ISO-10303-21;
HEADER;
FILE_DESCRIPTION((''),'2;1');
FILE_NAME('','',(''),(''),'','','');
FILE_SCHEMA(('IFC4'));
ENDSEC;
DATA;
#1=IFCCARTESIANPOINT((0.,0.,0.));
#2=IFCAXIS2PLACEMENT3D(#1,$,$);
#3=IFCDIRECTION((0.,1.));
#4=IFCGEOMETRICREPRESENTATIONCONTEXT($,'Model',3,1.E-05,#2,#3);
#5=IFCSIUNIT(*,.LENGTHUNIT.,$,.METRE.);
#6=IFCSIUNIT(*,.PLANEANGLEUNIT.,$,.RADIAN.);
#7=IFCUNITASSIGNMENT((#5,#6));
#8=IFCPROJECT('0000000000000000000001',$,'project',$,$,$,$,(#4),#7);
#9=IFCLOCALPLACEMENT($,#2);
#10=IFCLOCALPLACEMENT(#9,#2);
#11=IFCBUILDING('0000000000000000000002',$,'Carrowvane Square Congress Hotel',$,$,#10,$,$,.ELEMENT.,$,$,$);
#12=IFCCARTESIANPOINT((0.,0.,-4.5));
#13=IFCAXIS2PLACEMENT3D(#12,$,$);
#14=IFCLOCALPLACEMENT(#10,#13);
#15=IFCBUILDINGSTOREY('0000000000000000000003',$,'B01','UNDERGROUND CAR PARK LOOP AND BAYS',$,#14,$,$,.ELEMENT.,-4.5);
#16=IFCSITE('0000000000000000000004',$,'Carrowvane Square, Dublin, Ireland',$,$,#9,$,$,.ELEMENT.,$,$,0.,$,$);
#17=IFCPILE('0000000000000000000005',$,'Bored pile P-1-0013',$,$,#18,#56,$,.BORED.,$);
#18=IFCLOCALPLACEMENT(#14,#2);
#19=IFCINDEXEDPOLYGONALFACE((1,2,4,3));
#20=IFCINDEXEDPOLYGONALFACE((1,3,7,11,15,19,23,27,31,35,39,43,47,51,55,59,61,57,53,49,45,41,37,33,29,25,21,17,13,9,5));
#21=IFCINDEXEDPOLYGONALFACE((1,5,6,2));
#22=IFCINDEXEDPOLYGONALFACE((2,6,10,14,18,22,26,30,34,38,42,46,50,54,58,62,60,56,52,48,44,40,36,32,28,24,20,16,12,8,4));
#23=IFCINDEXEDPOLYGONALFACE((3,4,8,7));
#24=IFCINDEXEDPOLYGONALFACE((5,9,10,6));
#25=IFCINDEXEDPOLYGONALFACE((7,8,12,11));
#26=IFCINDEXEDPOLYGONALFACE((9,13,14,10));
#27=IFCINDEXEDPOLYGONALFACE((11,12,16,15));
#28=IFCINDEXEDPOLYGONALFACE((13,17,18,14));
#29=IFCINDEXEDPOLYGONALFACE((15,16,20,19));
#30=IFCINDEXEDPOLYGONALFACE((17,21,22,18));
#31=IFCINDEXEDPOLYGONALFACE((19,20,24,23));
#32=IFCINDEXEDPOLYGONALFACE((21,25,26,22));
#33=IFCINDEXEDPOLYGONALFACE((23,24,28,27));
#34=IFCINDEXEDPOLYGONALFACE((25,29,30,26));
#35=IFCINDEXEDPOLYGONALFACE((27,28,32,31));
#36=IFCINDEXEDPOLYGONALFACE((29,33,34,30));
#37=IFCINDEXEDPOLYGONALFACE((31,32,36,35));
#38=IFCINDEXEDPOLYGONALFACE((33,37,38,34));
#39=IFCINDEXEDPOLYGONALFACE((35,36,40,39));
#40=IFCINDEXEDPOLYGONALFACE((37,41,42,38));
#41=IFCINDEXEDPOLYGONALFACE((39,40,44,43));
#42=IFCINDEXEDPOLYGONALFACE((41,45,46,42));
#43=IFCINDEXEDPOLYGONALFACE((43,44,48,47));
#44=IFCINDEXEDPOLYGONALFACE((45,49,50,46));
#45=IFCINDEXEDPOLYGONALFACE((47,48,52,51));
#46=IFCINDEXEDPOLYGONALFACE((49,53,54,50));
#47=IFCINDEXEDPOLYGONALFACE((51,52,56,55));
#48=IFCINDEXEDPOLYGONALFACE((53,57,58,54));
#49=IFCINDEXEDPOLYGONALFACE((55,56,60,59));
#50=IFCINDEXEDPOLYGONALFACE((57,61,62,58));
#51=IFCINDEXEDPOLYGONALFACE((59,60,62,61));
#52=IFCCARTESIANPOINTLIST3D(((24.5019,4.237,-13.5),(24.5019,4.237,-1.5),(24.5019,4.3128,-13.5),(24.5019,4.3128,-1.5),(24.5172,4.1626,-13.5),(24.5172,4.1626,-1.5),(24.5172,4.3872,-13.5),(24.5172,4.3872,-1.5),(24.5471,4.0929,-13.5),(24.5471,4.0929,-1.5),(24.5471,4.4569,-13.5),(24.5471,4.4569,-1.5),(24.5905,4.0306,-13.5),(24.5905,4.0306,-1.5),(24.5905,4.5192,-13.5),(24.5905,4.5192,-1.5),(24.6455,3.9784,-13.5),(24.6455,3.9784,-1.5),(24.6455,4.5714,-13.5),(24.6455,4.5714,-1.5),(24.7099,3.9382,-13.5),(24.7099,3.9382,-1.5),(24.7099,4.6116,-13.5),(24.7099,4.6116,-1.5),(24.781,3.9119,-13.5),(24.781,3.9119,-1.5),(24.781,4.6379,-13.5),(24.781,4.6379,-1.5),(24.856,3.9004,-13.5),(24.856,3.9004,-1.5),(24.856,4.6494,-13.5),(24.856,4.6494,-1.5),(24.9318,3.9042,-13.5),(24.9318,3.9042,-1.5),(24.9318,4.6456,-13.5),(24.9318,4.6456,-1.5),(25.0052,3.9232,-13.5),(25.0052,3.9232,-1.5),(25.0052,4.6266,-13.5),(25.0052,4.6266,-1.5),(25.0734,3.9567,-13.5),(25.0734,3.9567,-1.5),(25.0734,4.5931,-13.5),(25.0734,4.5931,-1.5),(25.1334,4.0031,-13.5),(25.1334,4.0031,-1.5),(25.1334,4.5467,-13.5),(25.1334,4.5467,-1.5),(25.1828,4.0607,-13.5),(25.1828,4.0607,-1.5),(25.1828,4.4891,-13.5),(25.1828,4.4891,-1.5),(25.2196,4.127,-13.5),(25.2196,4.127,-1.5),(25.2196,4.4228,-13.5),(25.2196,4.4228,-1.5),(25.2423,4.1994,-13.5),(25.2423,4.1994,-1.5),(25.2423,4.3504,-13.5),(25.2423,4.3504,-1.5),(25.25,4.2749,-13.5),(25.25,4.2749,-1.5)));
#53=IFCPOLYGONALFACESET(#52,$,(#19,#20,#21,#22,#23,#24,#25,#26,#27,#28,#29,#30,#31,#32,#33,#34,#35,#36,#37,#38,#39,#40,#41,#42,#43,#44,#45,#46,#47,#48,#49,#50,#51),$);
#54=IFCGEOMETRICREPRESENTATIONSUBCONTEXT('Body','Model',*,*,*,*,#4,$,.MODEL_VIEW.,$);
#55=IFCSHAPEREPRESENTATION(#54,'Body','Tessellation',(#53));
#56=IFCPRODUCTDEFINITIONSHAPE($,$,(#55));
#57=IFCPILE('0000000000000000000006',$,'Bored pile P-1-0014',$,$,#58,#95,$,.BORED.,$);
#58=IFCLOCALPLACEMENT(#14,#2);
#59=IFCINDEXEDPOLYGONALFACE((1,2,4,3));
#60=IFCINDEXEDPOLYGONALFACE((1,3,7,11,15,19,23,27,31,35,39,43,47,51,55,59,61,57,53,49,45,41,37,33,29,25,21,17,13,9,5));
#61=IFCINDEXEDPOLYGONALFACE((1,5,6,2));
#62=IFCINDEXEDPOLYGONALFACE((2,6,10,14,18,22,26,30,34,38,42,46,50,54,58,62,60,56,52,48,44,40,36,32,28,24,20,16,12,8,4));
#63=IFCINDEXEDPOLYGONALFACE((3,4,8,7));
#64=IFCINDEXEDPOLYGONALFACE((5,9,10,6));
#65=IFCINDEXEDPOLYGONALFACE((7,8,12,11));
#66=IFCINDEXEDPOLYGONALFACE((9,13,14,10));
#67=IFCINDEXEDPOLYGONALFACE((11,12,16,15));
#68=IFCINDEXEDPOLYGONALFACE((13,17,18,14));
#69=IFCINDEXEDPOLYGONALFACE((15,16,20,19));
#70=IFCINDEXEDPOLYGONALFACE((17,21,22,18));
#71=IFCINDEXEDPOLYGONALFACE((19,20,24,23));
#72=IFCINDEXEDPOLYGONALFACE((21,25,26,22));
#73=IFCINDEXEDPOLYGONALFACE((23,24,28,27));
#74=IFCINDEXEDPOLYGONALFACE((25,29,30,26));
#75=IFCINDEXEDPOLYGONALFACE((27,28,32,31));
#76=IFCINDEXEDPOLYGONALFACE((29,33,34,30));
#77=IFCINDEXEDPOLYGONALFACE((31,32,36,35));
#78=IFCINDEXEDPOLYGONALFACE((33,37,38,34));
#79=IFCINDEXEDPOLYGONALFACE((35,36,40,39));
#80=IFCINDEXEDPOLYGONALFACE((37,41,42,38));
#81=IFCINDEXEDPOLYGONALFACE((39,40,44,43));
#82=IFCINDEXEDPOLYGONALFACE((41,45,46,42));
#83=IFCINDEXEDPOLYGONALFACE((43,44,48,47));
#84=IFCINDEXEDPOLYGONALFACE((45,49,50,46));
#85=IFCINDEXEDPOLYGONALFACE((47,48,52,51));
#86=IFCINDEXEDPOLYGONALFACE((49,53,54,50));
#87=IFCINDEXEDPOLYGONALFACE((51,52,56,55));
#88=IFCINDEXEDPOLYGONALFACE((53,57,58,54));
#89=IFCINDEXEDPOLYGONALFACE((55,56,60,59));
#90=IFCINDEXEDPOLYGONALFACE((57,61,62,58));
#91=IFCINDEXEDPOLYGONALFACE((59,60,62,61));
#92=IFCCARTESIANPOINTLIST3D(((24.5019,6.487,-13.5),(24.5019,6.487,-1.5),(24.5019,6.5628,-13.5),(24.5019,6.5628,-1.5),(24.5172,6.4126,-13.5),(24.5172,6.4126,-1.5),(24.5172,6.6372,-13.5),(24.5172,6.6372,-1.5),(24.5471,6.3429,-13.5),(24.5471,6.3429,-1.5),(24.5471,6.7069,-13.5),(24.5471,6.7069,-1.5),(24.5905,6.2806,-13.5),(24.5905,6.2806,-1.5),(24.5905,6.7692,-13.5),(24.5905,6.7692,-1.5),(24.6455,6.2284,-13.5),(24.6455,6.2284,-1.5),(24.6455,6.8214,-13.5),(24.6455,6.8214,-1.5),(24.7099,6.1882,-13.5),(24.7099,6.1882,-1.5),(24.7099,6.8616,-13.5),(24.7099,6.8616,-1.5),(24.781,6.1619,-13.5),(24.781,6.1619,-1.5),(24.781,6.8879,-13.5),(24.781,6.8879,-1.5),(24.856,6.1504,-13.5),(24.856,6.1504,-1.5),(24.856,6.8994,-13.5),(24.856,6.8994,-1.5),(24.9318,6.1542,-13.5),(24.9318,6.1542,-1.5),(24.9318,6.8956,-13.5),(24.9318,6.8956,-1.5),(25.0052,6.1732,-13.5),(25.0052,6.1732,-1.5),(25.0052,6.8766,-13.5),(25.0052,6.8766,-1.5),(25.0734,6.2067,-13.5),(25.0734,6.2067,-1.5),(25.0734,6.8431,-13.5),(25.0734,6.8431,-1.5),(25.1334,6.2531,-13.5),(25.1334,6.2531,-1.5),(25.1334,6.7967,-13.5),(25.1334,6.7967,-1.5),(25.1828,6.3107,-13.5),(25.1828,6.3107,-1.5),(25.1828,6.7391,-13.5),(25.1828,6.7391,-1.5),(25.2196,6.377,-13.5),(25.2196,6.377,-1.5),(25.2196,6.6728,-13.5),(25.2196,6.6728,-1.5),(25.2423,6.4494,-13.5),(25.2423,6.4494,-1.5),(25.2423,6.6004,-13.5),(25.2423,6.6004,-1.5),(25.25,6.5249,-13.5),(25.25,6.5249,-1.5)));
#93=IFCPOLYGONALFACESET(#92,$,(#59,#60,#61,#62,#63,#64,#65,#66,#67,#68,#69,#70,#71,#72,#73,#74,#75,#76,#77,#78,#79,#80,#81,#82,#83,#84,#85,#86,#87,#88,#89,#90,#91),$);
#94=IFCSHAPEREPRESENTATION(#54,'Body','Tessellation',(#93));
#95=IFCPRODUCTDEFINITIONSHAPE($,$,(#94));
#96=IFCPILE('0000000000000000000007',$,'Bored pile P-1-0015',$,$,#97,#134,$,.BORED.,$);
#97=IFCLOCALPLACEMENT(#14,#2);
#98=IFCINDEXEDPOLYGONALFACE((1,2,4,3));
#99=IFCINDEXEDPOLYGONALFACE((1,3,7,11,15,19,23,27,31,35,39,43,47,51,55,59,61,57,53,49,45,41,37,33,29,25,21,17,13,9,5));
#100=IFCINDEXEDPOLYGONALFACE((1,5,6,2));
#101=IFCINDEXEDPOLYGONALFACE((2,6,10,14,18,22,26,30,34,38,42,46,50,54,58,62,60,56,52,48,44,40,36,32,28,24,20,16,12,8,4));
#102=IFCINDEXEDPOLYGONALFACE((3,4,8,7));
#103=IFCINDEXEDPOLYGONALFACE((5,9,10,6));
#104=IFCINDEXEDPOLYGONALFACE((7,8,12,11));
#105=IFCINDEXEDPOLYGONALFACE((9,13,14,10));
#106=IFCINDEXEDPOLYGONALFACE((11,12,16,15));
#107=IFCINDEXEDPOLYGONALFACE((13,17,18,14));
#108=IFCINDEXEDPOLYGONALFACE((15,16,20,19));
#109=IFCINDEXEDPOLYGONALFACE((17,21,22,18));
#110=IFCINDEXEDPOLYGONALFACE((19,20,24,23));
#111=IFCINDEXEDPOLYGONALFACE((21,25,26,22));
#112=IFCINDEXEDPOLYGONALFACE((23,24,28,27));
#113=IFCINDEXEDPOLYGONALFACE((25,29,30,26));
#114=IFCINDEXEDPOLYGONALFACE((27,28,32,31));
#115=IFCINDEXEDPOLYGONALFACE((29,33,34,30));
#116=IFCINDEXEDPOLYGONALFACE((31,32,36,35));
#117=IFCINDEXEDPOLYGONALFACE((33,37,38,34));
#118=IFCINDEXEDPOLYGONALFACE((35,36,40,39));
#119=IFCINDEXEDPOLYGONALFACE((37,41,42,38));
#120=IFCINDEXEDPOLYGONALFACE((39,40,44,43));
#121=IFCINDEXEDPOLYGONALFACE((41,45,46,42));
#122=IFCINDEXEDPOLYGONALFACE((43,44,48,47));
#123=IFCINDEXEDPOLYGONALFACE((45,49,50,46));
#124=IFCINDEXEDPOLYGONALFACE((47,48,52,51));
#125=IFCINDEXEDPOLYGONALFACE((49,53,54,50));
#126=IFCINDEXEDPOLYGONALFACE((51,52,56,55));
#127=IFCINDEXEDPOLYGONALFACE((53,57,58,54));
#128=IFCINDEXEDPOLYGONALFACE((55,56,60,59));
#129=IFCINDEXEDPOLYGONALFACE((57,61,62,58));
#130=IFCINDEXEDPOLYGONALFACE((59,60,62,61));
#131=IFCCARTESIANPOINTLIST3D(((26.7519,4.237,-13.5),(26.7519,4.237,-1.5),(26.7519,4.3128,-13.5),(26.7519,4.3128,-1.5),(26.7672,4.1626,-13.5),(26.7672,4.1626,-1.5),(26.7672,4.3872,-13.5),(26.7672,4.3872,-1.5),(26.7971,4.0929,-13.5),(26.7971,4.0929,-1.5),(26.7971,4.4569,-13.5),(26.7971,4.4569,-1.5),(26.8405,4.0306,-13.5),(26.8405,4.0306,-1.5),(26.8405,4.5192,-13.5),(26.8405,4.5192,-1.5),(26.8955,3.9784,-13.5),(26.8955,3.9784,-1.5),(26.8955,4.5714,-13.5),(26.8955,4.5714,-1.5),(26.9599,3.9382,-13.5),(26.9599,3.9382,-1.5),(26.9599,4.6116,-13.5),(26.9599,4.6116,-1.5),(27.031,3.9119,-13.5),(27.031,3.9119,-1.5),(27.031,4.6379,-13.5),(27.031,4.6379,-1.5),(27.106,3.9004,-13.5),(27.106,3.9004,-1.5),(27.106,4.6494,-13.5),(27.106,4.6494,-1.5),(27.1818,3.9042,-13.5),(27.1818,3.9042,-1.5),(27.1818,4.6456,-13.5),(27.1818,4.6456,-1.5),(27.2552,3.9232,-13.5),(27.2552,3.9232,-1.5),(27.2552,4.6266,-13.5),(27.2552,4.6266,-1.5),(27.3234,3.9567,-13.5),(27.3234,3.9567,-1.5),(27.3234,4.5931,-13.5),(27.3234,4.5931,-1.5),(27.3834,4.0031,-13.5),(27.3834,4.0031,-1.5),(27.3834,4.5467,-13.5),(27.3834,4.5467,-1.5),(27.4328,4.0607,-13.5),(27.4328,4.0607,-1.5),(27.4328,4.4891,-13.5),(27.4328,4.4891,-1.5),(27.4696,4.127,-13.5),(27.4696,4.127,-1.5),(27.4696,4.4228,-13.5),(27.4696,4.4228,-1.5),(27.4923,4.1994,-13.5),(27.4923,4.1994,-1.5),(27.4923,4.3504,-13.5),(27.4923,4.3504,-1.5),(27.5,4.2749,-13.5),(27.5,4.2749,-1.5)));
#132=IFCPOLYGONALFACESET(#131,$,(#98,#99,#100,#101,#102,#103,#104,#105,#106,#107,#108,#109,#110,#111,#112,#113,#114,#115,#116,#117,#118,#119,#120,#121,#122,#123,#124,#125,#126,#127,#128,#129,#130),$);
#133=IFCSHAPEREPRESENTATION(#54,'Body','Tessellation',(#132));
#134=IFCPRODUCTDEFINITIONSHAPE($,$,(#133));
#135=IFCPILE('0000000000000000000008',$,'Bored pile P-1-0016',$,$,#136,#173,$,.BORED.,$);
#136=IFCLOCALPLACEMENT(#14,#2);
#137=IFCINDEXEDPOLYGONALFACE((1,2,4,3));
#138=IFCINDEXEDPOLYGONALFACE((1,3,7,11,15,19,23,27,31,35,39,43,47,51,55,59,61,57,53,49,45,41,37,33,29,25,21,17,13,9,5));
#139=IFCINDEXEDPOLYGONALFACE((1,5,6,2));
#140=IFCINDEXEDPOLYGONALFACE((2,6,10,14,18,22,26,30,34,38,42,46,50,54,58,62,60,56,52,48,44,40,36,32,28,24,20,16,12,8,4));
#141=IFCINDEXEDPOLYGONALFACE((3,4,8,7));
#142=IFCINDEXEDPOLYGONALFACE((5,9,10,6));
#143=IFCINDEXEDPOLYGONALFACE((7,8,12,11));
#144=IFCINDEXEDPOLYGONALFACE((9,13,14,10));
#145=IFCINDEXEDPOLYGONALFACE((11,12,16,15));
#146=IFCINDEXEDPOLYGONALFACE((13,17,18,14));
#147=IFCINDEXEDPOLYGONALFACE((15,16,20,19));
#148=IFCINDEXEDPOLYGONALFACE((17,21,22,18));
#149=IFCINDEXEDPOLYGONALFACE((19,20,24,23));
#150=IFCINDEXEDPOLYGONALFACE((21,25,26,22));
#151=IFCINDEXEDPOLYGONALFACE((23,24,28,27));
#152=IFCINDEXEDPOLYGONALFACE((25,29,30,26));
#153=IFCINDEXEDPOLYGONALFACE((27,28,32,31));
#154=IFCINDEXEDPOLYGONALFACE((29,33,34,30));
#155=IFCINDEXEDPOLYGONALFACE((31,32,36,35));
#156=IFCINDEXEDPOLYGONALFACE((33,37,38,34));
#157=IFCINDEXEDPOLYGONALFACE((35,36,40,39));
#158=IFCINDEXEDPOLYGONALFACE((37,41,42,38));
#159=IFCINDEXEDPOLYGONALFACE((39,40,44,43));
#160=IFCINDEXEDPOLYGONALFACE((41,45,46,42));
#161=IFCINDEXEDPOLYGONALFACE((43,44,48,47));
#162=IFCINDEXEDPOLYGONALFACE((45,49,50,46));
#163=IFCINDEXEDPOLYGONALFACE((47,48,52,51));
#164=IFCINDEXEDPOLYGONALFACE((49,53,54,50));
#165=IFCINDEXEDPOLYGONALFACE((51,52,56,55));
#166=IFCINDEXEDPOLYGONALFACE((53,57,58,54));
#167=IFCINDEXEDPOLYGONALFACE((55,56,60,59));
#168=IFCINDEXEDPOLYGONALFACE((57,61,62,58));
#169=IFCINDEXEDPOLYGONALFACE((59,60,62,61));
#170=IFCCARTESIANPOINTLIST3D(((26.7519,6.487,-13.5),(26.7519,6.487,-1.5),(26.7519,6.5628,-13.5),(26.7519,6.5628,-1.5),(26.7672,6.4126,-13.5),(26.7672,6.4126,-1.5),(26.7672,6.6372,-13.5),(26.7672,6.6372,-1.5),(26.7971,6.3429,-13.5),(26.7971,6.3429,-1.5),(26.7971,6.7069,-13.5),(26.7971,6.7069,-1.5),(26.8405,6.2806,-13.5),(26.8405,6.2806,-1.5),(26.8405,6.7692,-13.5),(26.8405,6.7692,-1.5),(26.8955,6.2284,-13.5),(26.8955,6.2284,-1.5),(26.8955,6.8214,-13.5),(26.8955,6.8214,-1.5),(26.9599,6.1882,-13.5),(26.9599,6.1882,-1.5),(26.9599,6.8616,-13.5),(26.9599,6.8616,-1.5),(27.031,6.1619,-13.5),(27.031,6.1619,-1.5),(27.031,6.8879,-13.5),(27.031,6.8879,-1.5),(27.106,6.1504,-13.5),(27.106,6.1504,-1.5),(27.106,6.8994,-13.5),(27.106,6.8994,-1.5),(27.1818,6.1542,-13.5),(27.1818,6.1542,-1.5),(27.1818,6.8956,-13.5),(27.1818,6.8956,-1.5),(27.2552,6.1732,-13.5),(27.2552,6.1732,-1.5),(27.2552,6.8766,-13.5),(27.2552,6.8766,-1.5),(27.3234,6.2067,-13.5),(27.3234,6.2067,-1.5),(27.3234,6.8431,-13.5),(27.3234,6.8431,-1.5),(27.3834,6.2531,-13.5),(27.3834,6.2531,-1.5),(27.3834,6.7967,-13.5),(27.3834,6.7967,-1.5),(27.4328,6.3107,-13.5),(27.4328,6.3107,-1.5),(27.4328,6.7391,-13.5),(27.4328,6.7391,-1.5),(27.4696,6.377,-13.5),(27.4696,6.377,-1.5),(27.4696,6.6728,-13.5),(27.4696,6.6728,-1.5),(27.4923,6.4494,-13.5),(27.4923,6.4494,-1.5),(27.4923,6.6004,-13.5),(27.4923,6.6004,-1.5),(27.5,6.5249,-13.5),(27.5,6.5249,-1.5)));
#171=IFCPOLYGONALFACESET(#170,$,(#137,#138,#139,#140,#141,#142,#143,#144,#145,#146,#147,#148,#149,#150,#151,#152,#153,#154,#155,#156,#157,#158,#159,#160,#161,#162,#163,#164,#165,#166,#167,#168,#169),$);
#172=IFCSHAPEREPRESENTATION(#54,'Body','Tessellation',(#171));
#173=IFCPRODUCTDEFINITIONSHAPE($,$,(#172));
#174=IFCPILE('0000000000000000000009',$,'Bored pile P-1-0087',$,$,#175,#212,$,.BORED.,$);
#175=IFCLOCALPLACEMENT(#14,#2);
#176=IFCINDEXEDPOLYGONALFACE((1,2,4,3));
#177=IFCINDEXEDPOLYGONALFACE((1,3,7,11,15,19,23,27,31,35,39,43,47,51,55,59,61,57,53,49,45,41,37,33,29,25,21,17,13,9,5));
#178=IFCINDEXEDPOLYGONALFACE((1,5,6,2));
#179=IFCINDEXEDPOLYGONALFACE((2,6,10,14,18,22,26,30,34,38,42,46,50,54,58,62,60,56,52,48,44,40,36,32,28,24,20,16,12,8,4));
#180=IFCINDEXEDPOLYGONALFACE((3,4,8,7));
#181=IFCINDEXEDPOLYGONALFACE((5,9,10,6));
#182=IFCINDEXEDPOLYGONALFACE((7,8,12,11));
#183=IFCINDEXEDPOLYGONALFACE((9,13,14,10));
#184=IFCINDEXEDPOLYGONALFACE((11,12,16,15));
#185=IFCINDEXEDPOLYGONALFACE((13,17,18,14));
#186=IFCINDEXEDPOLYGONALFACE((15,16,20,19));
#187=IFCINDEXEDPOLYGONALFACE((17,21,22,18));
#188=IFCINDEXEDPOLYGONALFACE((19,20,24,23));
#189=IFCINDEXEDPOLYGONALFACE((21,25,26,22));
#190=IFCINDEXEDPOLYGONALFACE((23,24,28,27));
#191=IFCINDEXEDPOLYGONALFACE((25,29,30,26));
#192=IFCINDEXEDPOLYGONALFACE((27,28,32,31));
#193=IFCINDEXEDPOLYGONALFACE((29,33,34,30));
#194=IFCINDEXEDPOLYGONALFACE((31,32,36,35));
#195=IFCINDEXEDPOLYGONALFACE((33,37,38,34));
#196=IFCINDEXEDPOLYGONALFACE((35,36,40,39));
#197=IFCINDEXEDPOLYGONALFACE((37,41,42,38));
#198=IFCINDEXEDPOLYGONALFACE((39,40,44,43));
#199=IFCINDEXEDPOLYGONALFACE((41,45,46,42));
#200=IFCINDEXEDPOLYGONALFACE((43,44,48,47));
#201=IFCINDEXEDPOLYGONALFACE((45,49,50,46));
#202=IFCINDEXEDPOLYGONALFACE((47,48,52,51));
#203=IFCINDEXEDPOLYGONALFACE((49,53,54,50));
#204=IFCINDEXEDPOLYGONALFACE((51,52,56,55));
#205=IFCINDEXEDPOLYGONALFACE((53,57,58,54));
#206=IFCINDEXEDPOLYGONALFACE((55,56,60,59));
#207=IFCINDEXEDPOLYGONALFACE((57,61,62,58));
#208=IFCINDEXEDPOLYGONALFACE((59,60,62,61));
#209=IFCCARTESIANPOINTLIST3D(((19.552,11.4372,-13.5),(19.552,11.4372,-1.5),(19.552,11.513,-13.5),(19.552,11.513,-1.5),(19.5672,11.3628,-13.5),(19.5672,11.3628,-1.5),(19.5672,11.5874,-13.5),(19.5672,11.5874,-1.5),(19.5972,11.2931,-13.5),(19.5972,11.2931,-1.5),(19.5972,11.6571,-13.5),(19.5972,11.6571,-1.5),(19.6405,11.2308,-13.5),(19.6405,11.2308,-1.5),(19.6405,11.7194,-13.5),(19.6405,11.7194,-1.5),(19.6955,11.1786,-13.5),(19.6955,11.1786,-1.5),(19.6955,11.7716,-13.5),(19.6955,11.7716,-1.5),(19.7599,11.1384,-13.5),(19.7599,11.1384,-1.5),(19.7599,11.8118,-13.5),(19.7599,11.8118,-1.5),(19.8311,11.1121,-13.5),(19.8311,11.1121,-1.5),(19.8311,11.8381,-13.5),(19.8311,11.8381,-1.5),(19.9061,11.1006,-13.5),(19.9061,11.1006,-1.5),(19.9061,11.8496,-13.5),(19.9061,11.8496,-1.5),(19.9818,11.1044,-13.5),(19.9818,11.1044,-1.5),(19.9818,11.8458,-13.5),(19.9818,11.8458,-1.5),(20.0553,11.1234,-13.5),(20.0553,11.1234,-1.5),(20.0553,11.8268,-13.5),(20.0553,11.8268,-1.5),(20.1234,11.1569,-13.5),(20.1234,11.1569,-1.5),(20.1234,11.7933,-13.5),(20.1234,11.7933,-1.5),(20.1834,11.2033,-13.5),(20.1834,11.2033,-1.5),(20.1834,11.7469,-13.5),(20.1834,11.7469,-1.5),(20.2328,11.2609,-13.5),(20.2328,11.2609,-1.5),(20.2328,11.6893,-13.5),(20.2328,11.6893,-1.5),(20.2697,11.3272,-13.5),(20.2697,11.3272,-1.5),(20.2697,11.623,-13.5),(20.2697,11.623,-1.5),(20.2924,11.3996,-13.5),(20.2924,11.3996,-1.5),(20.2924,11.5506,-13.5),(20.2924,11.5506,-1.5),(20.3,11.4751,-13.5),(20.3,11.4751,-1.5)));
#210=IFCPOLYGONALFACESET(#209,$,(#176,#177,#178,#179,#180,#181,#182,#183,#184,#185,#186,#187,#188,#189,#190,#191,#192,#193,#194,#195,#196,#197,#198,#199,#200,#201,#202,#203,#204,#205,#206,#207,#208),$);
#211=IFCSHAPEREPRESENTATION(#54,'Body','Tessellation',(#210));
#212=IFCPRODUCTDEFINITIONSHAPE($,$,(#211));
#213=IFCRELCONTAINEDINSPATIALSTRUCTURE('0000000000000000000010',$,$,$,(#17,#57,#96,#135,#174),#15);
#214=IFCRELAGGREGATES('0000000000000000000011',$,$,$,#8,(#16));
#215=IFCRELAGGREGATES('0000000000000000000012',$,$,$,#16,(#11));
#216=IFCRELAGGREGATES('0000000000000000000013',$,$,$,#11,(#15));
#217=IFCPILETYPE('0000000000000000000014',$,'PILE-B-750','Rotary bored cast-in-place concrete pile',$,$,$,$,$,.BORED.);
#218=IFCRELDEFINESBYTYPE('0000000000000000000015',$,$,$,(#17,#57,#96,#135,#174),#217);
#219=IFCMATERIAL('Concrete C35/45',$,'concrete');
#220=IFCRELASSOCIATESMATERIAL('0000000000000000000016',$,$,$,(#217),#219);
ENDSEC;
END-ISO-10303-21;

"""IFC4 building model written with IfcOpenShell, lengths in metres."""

from ifc_helpers import new_model, si_unit, direction, frame, origin, origin_2d, place, context, subcontext, project, spatial, circle, extrude, material, material_profile, profile_set, type_object, element, save


model = new_model("IFC4")

# Units and contexts
model_context = context("Model", 3, precision=1e-05, world=origin(), true_north=direction((0.0, 1.0)))
body_context = subcontext(model_context, "Body", "Model", "MODEL_VIEW")
ifc_project = project(units=[si_unit("LENGTHUNIT", "METRE"), si_unit("PLANEANGLEUNIT", "RADIAN")], contexts=[model_context])

# Site, building, storey
site_placement = place(None, origin())
site = spatial("IfcSite", under=ifc_project, at=site_placement, Name="Carrowvane Square, Dublin, Ireland", CompositionType="ELEMENT", RefElevation=0.0)
building_placement = place(site_placement, origin())
building = spatial("IfcBuilding", under=site, at=building_placement, Name="Carrowvane Square Congress Hotel", CompositionType="ELEMENT")
storey_placement = place(building_placement, frame((0.0, 0.0, -4.5)))
storey = spatial("IfcBuildingStorey", under=building, at=storey_placement, Name="B01", Description="UNDERGROUND CAR PARK LOOP AND BAYS", CompositionType="ELEMENT", Elevation=-4.5)

# Piles
ifc_material_1 = material(Name="Concrete C35/45", Category="concrete")
ifc_material_profile_1 = material_profile(ifc_material_1, circle(Radius=0.375, at=origin_2d()), Name="PILE D750")
ifc_profile_set_1 = profile_set([ifc_material_profile_1], Name="Concrete C35/45")
pile_type = type_object("IfcPileType", Name="PILE-B-750", Description="Rotary bored cast-in-place concrete pile", PredefinedType="BORED", material=ifc_profile_set_1)
for number, where, z_axis, x_axis, name in (
    (1, (24.875, 4.2749, -1.5), (0.0, 0.0, -1.0), (1.0, 0.0, 0.0), "Bored pile P-1-0013"),
    (2, (24.875, 6.5249, -1.5), (0.0, 0.0, -1.0), (1.0, 0.0, 0.0), "Bored pile P-1-0014"),
    (3, (27.125, 4.2749, -1.5), (0.0, 0.0, -1.0), (1.0, 0.0, 0.0), "Bored pile P-1-0015"),
    (4, (27.125, 6.5249, -1.5), (0.0, 0.0, -1.0), (1.0, 0.0, 0.0), "Bored pile P-1-0016"),
    (5, (19.925, 11.4751, -1.5), (0.0, 0.0, -1.0), (1.0, 0.0, 0.0), "Bored pile P-1-0087"),
):
    element("IfcPile", number, at=place(storey_placement, frame(where, z_axis=z_axis, x_axis=x_axis)), inside=storey, type_object=pile_type, Name=name, PredefinedType="BORED", context=body_context, shape_type="SweptSolid", body=[
        extrude(circle(Radius=0.375, at=origin_2d()), origin(), (0.0, 0.0, 1.0), 12.0),
    ])

save(model, "model.ifc")
